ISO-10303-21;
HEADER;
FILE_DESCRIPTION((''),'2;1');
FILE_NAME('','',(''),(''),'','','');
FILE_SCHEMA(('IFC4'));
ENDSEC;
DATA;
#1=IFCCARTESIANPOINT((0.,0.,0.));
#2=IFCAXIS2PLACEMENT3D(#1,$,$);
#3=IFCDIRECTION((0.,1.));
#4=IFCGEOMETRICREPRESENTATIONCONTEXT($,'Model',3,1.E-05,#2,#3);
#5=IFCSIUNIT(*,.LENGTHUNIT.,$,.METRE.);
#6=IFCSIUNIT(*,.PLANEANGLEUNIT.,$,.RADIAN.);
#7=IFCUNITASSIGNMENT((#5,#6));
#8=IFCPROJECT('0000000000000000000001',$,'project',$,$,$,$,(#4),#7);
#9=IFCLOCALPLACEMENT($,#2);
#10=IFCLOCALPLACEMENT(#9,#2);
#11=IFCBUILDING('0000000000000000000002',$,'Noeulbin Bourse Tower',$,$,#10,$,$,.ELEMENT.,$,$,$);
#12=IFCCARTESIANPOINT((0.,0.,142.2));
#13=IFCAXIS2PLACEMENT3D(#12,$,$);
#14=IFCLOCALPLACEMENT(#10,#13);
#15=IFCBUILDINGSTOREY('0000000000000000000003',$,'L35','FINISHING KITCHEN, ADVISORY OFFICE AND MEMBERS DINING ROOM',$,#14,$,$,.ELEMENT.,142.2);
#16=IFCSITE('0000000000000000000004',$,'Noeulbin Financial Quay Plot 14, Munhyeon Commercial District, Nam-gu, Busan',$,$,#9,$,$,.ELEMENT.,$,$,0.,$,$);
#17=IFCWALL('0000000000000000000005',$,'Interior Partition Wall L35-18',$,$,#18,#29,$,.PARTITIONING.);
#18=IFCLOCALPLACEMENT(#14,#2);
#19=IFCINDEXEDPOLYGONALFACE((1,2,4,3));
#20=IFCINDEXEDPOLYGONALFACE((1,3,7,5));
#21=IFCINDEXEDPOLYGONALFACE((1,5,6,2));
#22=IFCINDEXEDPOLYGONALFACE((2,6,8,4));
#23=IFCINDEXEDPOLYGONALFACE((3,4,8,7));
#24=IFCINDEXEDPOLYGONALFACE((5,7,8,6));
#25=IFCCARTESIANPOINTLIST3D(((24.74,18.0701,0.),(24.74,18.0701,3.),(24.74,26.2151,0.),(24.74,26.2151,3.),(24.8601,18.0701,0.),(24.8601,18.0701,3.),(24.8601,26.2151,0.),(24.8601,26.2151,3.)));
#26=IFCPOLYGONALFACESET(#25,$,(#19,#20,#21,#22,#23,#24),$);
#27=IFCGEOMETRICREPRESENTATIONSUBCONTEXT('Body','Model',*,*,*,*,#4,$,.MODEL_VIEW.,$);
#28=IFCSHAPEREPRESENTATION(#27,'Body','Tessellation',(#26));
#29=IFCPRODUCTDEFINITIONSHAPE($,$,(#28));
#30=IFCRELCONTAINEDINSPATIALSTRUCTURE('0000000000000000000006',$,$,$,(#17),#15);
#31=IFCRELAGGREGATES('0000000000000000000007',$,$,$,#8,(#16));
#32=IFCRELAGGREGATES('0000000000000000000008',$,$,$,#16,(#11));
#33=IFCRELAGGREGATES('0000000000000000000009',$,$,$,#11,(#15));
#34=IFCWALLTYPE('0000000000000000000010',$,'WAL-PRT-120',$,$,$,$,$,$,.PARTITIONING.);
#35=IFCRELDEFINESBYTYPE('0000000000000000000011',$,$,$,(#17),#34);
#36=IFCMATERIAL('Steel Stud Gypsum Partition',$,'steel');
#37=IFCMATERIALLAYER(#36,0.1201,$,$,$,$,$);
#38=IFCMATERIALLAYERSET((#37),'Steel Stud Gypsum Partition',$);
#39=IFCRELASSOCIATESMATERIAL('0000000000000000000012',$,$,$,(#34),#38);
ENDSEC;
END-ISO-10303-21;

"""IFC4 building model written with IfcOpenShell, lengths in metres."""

from ifc_helpers import new_model, si_unit, direction, frame, frame_2d, origin, place, context, subcontext, project, spatial, rectangle, extrude, material, layer, layer_set, type_object, element, save


model = new_model("IFC4")

# Units and contexts
model_context = context("Model", 3, precision=1e-05, world=origin(), true_north=direction((0.0, 1.0)))
body_context = subcontext(model_context, "Body", "Model", "MODEL_VIEW")
ifc_project = project(units=[si_unit("LENGTHUNIT", "METRE"), si_unit("PLANEANGLEUNIT", "RADIAN")], contexts=[model_context])

# Site, building, storey
site_placement = place(None, origin())
site = spatial("IfcSite", under=ifc_project, at=site_placement, Name="Noeulbin Financial Quay Plot 14, Munhyeon Commercial District, Nam-gu, Busan", CompositionType="ELEMENT", RefElevation=0.0)
building_placement = place(site_placement, origin())
building = spatial("IfcBuilding", under=site, at=building_placement, Name="Noeulbin Bourse Tower", CompositionType="ELEMENT")
storey_placement = place(building_placement, frame((0.0, 0.0, 142.2)))
storey = spatial("IfcBuildingStorey", under=building, at=storey_placement, Name="L35", Description="FINISHING KITCHEN, ADVISORY OFFICE AND MEMBERS DINING ROOM", CompositionType="ELEMENT", Elevation=142.2)

# Wall
ifc_material_1 = material(Name="Steel Stud Gypsum Partition", Category="steel")
ifc_layer_1 = layer(ifc_material_1, 0.1201)
ifc_layer_set_1 = layer_set([ifc_layer_1], Name="Steel Stud Gypsum Partition")
wall_type_1 = type_object("IfcWallType", Name="WAL-PRT-120", PredefinedType="PARTITIONING", material=ifc_layer_set_1)
wall_1_placement = place(storey_placement, frame((24.8, 18.0701, 0.0), z_axis=(0.0, 0.0, 1.0), x_axis=(0.0, 1.0, 0.0)))
element("IfcWall", 1, at=wall_1_placement, inside=storey, type_object=wall_type_1, Name="Interior Partition Wall L35-18", PredefinedType="PARTITIONING", context=body_context, shape_type="SweptSolid", body=[
    extrude(rectangle(XDim=8.145, YDim=0.1201, at=frame_2d((4.0725, 0.0))), origin(), (0.0, 0.0, 1.0), 3.0),
])

save(model, "model.ifc")
